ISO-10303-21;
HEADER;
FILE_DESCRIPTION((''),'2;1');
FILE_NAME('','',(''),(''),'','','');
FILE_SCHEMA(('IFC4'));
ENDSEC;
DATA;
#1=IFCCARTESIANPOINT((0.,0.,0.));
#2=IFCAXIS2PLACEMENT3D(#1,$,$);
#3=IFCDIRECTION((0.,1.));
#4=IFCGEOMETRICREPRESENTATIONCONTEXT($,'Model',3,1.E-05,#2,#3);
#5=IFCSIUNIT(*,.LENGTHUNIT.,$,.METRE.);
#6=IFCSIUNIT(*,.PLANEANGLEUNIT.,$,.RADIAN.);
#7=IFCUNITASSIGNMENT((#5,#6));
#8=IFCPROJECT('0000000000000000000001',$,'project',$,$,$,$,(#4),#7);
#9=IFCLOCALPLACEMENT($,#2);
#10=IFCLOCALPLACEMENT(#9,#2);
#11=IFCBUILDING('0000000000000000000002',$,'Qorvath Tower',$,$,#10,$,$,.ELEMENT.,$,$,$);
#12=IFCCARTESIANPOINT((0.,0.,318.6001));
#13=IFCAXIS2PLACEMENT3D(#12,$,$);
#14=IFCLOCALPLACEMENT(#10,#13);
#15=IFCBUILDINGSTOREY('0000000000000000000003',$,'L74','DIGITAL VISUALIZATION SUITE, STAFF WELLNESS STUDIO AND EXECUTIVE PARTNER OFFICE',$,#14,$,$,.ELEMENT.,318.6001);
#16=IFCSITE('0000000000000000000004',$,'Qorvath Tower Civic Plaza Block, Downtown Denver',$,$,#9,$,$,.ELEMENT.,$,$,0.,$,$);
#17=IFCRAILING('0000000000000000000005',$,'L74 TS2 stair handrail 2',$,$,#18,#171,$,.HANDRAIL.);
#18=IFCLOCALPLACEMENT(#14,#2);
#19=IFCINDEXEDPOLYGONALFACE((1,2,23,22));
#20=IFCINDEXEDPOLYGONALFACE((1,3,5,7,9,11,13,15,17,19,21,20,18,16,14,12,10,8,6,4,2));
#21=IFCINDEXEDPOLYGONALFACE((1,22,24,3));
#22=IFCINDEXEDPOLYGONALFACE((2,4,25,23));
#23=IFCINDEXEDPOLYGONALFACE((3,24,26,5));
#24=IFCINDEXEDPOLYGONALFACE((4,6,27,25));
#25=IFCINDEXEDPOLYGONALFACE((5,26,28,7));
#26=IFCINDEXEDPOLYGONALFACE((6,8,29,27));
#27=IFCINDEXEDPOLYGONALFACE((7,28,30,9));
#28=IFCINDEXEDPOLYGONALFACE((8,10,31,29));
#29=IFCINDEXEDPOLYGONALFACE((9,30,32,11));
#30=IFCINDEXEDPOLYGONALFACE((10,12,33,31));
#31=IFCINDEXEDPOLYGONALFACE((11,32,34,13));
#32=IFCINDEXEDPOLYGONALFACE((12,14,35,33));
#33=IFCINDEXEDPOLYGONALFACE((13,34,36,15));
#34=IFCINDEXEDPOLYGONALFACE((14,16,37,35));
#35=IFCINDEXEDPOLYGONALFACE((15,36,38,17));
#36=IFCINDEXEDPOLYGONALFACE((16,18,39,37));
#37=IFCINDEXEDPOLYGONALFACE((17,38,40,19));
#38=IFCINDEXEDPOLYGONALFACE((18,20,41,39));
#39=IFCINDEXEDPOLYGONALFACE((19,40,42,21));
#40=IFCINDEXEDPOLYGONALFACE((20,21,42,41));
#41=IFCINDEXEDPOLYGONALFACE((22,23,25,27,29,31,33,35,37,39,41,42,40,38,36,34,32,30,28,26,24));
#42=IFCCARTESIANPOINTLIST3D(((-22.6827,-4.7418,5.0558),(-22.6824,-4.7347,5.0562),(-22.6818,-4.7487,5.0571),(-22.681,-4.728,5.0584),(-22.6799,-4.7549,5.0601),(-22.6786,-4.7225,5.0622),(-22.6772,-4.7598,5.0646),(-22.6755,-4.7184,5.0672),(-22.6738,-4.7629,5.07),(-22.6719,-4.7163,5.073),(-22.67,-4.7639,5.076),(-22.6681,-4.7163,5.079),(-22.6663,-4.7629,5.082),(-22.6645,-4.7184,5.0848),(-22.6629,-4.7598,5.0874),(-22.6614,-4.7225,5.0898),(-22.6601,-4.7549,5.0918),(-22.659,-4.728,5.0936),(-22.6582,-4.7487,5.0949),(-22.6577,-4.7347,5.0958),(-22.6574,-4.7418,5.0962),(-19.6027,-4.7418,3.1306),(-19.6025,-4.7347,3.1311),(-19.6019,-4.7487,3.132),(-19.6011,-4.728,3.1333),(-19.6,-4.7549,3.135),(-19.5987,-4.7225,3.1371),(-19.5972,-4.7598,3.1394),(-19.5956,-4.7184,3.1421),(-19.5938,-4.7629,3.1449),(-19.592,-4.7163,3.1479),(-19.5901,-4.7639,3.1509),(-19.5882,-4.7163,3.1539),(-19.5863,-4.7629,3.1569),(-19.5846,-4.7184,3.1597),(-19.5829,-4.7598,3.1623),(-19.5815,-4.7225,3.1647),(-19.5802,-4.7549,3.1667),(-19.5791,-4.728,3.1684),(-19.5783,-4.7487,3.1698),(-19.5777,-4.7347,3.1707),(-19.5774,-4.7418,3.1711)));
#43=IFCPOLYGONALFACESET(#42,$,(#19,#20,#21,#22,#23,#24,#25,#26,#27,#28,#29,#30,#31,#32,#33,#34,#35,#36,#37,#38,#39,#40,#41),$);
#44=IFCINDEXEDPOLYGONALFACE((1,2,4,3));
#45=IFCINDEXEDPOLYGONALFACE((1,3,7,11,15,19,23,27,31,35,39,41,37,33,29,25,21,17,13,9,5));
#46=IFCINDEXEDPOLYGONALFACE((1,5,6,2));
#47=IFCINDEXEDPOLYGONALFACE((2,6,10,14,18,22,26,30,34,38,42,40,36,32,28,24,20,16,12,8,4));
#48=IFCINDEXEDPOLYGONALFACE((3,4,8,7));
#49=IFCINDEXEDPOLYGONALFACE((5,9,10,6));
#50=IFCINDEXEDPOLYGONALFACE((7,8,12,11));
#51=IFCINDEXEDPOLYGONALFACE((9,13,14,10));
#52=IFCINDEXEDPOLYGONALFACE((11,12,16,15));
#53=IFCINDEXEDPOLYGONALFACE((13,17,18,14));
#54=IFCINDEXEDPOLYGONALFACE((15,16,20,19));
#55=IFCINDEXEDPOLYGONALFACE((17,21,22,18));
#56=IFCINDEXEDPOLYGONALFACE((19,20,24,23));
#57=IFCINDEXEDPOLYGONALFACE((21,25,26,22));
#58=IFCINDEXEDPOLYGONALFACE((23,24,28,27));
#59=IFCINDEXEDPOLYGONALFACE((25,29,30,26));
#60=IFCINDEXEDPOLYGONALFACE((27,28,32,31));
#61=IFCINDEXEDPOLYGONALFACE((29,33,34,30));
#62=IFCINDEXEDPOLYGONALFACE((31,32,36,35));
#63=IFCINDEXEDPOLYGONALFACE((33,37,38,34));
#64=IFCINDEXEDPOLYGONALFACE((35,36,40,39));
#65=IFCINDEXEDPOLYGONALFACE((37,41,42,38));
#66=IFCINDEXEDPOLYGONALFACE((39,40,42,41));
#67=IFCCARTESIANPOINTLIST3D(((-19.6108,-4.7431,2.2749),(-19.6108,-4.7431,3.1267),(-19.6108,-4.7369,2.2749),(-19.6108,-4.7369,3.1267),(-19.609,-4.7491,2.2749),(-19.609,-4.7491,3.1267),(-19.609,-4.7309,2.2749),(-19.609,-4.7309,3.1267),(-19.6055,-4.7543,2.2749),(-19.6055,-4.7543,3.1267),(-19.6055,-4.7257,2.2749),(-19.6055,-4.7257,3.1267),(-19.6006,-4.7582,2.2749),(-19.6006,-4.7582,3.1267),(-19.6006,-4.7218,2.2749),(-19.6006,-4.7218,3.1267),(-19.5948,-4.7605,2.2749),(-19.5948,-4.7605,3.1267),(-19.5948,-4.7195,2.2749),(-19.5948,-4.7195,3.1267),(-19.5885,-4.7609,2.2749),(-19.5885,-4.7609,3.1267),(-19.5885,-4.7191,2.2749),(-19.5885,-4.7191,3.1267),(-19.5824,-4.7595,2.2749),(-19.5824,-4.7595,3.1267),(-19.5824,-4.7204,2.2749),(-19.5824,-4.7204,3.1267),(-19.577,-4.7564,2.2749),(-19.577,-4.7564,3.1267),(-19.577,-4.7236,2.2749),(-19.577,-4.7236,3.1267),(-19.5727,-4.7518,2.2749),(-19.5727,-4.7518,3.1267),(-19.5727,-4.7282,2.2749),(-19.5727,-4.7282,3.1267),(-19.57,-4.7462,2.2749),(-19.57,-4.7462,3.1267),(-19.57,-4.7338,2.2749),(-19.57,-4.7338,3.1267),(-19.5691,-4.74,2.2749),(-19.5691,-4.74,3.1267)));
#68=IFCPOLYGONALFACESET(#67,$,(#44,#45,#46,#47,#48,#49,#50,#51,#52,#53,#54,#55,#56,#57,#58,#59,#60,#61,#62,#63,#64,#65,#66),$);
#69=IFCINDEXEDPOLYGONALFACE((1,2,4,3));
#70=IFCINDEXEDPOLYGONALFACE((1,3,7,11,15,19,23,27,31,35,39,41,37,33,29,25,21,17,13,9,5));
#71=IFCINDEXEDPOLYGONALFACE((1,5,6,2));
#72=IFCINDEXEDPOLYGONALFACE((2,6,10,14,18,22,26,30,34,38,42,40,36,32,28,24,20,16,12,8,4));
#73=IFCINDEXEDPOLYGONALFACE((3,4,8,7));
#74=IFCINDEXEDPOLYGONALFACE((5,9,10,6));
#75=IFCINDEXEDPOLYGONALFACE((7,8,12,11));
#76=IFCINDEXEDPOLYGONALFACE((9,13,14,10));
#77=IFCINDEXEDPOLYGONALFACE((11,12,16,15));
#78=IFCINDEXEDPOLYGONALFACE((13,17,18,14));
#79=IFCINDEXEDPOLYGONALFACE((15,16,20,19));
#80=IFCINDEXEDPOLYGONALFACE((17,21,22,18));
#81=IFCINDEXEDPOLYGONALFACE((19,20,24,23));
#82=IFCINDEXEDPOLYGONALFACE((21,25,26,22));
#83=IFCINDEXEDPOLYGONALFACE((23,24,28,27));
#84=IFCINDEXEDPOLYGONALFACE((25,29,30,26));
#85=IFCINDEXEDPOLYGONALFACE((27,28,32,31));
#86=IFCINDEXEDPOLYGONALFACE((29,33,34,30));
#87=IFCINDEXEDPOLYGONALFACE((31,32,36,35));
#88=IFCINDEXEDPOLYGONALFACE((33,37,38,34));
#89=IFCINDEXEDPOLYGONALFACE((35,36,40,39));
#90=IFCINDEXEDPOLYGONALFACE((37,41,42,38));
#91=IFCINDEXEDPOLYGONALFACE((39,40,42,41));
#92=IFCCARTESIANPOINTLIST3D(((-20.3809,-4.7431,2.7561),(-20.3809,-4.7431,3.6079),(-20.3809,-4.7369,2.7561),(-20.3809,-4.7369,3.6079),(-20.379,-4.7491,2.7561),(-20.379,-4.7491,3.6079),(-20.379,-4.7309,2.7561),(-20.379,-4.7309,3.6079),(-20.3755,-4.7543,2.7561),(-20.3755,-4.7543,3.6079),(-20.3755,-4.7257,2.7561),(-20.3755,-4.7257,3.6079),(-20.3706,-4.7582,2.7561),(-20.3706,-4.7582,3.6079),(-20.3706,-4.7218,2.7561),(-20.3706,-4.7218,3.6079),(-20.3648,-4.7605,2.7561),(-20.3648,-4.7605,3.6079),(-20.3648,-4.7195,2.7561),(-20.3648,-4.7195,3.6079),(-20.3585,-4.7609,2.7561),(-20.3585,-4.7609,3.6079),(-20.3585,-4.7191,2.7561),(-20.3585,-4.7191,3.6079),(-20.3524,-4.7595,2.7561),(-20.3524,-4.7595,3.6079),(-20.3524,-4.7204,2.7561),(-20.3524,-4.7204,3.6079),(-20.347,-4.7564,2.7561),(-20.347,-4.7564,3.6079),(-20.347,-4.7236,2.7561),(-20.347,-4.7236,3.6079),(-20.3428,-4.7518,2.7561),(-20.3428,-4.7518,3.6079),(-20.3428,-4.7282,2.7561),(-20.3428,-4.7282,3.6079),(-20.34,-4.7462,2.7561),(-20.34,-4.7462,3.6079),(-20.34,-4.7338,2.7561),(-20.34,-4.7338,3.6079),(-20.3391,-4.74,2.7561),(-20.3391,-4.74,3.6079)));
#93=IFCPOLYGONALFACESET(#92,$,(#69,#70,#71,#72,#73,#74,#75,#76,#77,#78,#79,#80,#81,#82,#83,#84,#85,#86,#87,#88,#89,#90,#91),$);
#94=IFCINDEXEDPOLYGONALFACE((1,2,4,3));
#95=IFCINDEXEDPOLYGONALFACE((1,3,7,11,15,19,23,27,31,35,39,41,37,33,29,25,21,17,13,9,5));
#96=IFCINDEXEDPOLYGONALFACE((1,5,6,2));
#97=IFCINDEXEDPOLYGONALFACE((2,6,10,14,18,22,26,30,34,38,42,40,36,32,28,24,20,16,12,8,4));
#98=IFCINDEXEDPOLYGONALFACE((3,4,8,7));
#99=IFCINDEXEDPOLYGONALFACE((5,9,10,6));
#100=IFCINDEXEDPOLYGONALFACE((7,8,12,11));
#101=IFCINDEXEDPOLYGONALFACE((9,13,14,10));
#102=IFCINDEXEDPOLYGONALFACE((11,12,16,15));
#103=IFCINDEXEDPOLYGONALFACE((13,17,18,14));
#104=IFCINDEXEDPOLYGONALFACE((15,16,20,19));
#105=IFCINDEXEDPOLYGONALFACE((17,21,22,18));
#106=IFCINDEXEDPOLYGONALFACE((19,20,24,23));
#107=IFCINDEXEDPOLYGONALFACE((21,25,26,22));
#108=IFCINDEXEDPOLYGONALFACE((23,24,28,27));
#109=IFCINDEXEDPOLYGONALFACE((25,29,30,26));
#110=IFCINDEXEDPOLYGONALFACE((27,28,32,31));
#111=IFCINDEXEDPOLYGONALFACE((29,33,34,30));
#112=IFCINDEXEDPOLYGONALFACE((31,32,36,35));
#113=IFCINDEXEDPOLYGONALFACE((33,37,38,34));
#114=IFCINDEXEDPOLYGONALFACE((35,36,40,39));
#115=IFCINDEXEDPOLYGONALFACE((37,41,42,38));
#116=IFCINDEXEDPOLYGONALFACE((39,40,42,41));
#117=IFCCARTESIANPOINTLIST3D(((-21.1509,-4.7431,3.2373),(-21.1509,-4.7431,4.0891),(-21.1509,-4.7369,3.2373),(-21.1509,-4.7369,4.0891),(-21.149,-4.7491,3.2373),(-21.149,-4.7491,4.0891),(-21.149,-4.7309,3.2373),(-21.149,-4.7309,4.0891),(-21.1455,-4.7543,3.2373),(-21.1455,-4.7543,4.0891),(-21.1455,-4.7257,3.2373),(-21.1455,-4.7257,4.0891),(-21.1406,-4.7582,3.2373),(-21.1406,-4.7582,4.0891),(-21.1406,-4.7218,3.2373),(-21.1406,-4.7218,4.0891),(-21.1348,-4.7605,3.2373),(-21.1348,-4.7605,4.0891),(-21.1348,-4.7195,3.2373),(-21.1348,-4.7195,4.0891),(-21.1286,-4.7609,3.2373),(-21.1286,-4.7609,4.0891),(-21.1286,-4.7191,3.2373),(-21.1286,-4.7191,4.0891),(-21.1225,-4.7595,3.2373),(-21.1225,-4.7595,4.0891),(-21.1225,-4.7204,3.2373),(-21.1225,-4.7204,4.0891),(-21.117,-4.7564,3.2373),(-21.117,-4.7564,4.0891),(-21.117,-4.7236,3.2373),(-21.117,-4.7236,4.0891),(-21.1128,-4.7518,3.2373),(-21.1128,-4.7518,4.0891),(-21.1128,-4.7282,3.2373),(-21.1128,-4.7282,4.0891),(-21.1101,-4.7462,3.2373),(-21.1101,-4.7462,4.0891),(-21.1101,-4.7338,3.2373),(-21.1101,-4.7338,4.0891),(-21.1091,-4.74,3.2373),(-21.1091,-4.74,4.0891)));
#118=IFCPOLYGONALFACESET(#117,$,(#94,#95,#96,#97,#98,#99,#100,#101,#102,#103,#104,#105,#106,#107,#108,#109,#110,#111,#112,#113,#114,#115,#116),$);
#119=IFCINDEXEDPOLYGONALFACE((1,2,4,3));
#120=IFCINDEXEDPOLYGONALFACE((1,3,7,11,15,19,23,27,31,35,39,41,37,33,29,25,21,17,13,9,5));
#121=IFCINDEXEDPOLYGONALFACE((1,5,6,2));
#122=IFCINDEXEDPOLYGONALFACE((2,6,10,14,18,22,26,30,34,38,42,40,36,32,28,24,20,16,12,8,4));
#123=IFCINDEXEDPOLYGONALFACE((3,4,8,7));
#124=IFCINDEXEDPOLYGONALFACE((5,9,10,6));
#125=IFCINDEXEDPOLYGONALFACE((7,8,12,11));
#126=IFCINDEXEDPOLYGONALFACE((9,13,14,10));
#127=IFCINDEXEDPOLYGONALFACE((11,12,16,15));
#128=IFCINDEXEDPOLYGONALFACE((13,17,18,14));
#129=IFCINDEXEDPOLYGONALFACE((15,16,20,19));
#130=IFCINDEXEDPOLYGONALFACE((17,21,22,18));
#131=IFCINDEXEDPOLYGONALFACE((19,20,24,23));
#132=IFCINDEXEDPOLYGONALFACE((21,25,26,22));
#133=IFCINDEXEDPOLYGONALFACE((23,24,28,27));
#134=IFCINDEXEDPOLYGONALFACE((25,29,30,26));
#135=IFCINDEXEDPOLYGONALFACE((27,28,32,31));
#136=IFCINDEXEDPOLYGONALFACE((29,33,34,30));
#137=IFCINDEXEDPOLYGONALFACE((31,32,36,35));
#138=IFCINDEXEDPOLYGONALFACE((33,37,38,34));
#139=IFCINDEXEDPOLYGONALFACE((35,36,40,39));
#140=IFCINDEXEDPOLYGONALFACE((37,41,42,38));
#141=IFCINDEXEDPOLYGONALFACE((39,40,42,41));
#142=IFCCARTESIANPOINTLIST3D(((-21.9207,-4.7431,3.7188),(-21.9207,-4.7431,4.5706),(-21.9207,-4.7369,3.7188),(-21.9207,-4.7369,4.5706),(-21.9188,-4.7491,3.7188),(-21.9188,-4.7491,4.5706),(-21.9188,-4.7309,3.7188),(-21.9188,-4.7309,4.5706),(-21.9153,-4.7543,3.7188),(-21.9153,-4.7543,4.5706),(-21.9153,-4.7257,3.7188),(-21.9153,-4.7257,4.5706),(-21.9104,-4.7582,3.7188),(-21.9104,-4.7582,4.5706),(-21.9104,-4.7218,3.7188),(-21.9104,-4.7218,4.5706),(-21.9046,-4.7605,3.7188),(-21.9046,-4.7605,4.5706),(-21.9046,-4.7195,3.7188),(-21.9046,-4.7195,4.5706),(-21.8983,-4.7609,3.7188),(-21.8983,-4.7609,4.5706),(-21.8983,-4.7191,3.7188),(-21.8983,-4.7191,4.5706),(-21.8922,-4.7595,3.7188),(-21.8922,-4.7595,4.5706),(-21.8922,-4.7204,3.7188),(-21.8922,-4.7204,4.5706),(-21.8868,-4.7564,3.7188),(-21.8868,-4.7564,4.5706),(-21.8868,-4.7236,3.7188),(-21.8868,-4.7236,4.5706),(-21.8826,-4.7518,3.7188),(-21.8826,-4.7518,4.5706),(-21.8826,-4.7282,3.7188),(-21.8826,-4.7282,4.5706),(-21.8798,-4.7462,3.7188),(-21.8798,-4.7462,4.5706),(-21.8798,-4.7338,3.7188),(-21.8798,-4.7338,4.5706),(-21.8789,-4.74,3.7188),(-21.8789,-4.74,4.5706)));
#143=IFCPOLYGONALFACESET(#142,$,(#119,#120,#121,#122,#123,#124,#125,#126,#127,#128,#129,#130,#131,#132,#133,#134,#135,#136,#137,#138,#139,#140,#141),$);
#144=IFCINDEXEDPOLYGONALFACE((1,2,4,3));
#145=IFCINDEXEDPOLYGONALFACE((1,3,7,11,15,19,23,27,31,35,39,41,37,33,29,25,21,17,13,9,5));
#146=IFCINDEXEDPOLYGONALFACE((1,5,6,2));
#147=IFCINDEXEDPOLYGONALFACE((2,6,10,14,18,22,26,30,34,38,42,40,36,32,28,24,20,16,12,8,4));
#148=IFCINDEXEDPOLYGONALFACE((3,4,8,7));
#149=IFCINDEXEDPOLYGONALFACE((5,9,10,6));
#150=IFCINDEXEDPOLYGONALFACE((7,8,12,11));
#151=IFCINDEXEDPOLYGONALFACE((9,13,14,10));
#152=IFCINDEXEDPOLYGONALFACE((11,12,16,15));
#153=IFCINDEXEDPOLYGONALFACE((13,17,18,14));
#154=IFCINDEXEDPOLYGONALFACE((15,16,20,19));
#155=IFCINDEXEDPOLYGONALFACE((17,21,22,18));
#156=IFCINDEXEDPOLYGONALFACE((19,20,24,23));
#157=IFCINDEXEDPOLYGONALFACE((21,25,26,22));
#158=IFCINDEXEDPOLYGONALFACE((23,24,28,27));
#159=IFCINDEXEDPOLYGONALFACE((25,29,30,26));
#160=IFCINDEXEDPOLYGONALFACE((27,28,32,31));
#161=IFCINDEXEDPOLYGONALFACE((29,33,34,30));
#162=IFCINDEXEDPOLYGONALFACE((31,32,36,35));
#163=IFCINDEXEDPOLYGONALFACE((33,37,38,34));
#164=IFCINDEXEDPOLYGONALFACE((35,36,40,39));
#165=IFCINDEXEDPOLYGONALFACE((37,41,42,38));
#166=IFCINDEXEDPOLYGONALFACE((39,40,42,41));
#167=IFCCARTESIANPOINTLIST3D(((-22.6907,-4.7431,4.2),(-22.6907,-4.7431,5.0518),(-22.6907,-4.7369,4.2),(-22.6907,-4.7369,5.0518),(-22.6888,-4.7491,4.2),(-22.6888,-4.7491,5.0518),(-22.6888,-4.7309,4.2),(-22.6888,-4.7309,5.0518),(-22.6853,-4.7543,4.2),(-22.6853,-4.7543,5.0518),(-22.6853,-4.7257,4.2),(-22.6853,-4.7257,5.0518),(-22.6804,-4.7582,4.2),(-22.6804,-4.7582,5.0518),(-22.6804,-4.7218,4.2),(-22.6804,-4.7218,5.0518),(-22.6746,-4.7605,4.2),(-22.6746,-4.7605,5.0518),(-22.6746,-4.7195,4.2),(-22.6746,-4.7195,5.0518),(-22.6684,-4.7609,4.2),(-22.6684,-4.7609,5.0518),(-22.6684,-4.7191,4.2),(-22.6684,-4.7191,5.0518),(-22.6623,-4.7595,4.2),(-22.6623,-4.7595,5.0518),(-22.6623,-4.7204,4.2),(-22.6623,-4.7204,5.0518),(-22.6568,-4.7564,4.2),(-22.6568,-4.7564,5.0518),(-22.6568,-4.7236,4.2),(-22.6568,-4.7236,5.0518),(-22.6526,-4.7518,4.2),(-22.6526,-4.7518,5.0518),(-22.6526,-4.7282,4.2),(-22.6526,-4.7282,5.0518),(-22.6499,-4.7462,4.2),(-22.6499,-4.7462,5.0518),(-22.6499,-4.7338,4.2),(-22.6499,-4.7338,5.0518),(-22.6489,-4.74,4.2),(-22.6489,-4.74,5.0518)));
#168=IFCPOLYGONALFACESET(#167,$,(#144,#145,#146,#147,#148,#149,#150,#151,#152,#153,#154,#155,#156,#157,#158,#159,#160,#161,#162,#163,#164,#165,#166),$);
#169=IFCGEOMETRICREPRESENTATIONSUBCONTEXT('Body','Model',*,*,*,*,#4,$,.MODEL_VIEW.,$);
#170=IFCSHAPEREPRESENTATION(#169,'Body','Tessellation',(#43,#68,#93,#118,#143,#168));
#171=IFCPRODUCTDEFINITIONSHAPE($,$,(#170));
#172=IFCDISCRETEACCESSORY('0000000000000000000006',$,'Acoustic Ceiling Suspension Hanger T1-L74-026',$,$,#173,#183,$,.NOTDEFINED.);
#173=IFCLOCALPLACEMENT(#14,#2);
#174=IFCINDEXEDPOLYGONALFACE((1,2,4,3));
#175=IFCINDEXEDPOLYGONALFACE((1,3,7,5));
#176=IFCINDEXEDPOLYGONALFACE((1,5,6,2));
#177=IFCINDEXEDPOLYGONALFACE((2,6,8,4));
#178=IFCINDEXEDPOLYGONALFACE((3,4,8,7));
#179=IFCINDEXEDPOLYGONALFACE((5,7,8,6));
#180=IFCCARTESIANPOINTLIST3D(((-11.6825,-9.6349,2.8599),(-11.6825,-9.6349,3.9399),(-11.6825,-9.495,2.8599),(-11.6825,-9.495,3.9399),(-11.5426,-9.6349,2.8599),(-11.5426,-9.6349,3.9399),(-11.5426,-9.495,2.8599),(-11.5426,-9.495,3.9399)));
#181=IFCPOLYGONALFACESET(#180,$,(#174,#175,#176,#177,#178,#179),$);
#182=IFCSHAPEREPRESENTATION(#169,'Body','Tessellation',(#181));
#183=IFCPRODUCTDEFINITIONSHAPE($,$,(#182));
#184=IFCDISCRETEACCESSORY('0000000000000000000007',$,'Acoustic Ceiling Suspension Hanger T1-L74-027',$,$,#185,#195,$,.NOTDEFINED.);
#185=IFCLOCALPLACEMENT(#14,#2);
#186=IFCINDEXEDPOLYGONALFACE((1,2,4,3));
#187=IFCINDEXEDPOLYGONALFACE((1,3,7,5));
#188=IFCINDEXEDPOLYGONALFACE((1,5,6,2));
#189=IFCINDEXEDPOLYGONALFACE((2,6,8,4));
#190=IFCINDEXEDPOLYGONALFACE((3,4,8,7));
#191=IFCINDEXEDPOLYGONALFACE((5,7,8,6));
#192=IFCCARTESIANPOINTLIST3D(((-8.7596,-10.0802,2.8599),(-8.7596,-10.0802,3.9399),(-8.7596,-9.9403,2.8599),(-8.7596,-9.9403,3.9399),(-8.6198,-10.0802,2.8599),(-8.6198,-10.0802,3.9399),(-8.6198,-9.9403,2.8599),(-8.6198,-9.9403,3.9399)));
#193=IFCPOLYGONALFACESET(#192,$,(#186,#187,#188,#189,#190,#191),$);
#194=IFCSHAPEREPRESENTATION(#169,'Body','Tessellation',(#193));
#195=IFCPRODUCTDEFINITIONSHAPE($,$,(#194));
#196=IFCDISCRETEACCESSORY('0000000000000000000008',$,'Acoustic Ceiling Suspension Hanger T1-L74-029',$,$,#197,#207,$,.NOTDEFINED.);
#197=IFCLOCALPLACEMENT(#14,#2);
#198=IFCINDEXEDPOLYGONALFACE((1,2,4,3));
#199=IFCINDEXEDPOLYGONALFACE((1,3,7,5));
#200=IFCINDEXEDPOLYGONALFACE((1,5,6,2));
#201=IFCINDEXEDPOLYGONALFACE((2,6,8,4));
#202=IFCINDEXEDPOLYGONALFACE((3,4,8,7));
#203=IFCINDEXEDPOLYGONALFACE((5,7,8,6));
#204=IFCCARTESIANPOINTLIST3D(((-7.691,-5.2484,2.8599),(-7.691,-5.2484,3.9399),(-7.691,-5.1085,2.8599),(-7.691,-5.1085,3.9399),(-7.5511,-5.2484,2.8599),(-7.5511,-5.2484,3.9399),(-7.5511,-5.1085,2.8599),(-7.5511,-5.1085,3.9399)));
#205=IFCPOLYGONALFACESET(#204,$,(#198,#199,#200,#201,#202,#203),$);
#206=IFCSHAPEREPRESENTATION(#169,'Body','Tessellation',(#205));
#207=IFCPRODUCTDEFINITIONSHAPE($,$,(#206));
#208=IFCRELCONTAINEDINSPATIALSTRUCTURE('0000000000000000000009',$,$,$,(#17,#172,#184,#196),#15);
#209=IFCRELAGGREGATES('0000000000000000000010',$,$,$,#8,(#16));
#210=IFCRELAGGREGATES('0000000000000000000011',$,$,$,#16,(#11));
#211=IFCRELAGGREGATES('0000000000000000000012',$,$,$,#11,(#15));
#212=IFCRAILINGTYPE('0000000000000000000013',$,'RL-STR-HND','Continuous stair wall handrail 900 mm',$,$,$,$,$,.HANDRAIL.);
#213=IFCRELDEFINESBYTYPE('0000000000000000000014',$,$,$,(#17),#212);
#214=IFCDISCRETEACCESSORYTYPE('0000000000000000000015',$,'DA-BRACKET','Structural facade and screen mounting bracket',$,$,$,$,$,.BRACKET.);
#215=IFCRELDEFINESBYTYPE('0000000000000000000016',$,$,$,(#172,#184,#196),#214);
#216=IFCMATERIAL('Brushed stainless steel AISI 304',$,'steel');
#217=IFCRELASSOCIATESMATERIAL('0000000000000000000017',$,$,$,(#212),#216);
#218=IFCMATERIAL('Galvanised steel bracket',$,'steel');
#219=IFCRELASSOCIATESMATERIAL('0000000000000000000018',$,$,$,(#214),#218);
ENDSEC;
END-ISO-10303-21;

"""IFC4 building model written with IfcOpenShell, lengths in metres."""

from ifc_helpers import new_model, si_unit, direction, frame, origin, origin_2d, place, context, subcontext, project, spatial, rectangle, circle, extrude, material, type_object, element, save


model = new_model("IFC4")

# Units and contexts
model_context = context("Model", 3, precision=1e-05, world=origin(), true_north=direction((0.0, 1.0)))
body_context = subcontext(model_context, "Body", "Model", "MODEL_VIEW")
ifc_project = project(units=[si_unit("LENGTHUNIT", "METRE"), si_unit("PLANEANGLEUNIT", "RADIAN")], contexts=[model_context])

# Site, building, storey
site_placement = place(None, origin())
site = spatial("IfcSite", under=ifc_project, at=site_placement, Name="Qorvath Tower Civic Plaza Block, Downtown Denver", CompositionType="ELEMENT", RefElevation=0.0)
building_placement = place(site_placement, origin())
building = spatial("IfcBuilding", under=site, at=building_placement, Name="Qorvath Tower", CompositionType="ELEMENT")
storey_placement = place(building_placement, frame((0.0, 0.0, 318.6001)))
storey = spatial("IfcBuildingStorey", under=building, at=storey_placement, Name="L74", Description="DIGITAL VISUALIZATION SUITE, STAFF WELLNESS STUDIO AND EXECUTIVE PARTNER OFFICE", CompositionType="ELEMENT", Elevation=318.6001)

# Railing
ifc_material_1 = material(Name="Brushed stainless steel AISI 304", Category="steel")
railing_type_1 = type_object("IfcRailingType", Name="RL-STR-HND", Description="Continuous stair wall handrail 900 mm", PredefinedType="HANDRAIL", material=ifc_material_1)
railing_1_placement = place(storey_placement, frame((-19.5901, -4.74, 2.2749)))
element("IfcRailing", 1, at=railing_1_placement, inside=storey, type_object=railing_type_1, Name="L74 TS2 stair handrail 2", PredefinedType="HANDRAIL", context=body_context, shape_type="SweptSolid", body=[
    extrude(circle(Radius=0.0239, at=origin_2d()), frame((0.0, 0.0, 0.876), z_axis=(-0.847979, 0.0, 0.530029), x_axis=(0.0, -1.0, 0.0)), (0.0, 0.0, 1.0), 3.6321),
    extrude(circle(Radius=0.021, at=origin_2d()), origin(), (0.0, 0.0, 1.0), 0.8518),
    extrude(circle(Radius=0.021, at=origin_2d()), frame((-0.77, 0.0, 0.4812)), (0.0, 0.0, 1.0), 0.8518),
    extrude(circle(Radius=0.021, at=origin_2d()), frame((-1.54, 0.0, 0.9624)), (0.0, 0.0, 1.0), 0.8518),
    extrude(circle(Radius=0.021, at=origin_2d()), frame((-2.3098, 0.0, 1.4438)), (0.0, 0.0, 1.0), 0.8518),
    extrude(circle(Radius=0.021, at=origin_2d()), frame((-3.0798, 0.0, 1.925)), (0.0, 0.0, 1.0), 0.8518),
])

# Discrete accessories
ifc_material_2 = material(Name="Galvanised steel bracket", Category="steel")
discrete_accessory_type = type_object("IfcDiscreteAccessoryType", Name="DA-BRACKET", Description="Structural facade and screen mounting bracket", PredefinedType="BRACKET", material=ifc_material_2)
for number, where, z_axis, x_axis, name in (
    (2, (-11.6125, -9.5649, 2.8599), (0.0, 0.0, 1.0), (1.0, 0.0, 0.0), "Acoustic Ceiling Suspension Hanger T1-L74-026"),
    (3, (-8.6897, -10.0103, 2.8599), (0.0, 0.0, 1.0), (1.0, 0.0, 0.0), "Acoustic Ceiling Suspension Hanger T1-L74-027"),
    (4, (-7.6211, -5.1785, 2.8599), (0.0, 0.0, 1.0), (1.0, 0.0, 0.0), "Acoustic Ceiling Suspension Hanger T1-L74-029"),
):
    element("IfcDiscreteAccessory", number, at=place(storey_placement, frame(where, z_axis=z_axis, x_axis=x_axis)), inside=storey, type_object=discrete_accessory_type, Name=name, PredefinedType="NOTDEFINED", context=body_context, shape_type="SweptSolid", body=[
        extrude(rectangle(XDim=0.1399, YDim=0.1399, at=origin_2d()), origin(), (0.0, 0.0, 1.0), 1.0801),
    ])

save(model, "model.ifc")
